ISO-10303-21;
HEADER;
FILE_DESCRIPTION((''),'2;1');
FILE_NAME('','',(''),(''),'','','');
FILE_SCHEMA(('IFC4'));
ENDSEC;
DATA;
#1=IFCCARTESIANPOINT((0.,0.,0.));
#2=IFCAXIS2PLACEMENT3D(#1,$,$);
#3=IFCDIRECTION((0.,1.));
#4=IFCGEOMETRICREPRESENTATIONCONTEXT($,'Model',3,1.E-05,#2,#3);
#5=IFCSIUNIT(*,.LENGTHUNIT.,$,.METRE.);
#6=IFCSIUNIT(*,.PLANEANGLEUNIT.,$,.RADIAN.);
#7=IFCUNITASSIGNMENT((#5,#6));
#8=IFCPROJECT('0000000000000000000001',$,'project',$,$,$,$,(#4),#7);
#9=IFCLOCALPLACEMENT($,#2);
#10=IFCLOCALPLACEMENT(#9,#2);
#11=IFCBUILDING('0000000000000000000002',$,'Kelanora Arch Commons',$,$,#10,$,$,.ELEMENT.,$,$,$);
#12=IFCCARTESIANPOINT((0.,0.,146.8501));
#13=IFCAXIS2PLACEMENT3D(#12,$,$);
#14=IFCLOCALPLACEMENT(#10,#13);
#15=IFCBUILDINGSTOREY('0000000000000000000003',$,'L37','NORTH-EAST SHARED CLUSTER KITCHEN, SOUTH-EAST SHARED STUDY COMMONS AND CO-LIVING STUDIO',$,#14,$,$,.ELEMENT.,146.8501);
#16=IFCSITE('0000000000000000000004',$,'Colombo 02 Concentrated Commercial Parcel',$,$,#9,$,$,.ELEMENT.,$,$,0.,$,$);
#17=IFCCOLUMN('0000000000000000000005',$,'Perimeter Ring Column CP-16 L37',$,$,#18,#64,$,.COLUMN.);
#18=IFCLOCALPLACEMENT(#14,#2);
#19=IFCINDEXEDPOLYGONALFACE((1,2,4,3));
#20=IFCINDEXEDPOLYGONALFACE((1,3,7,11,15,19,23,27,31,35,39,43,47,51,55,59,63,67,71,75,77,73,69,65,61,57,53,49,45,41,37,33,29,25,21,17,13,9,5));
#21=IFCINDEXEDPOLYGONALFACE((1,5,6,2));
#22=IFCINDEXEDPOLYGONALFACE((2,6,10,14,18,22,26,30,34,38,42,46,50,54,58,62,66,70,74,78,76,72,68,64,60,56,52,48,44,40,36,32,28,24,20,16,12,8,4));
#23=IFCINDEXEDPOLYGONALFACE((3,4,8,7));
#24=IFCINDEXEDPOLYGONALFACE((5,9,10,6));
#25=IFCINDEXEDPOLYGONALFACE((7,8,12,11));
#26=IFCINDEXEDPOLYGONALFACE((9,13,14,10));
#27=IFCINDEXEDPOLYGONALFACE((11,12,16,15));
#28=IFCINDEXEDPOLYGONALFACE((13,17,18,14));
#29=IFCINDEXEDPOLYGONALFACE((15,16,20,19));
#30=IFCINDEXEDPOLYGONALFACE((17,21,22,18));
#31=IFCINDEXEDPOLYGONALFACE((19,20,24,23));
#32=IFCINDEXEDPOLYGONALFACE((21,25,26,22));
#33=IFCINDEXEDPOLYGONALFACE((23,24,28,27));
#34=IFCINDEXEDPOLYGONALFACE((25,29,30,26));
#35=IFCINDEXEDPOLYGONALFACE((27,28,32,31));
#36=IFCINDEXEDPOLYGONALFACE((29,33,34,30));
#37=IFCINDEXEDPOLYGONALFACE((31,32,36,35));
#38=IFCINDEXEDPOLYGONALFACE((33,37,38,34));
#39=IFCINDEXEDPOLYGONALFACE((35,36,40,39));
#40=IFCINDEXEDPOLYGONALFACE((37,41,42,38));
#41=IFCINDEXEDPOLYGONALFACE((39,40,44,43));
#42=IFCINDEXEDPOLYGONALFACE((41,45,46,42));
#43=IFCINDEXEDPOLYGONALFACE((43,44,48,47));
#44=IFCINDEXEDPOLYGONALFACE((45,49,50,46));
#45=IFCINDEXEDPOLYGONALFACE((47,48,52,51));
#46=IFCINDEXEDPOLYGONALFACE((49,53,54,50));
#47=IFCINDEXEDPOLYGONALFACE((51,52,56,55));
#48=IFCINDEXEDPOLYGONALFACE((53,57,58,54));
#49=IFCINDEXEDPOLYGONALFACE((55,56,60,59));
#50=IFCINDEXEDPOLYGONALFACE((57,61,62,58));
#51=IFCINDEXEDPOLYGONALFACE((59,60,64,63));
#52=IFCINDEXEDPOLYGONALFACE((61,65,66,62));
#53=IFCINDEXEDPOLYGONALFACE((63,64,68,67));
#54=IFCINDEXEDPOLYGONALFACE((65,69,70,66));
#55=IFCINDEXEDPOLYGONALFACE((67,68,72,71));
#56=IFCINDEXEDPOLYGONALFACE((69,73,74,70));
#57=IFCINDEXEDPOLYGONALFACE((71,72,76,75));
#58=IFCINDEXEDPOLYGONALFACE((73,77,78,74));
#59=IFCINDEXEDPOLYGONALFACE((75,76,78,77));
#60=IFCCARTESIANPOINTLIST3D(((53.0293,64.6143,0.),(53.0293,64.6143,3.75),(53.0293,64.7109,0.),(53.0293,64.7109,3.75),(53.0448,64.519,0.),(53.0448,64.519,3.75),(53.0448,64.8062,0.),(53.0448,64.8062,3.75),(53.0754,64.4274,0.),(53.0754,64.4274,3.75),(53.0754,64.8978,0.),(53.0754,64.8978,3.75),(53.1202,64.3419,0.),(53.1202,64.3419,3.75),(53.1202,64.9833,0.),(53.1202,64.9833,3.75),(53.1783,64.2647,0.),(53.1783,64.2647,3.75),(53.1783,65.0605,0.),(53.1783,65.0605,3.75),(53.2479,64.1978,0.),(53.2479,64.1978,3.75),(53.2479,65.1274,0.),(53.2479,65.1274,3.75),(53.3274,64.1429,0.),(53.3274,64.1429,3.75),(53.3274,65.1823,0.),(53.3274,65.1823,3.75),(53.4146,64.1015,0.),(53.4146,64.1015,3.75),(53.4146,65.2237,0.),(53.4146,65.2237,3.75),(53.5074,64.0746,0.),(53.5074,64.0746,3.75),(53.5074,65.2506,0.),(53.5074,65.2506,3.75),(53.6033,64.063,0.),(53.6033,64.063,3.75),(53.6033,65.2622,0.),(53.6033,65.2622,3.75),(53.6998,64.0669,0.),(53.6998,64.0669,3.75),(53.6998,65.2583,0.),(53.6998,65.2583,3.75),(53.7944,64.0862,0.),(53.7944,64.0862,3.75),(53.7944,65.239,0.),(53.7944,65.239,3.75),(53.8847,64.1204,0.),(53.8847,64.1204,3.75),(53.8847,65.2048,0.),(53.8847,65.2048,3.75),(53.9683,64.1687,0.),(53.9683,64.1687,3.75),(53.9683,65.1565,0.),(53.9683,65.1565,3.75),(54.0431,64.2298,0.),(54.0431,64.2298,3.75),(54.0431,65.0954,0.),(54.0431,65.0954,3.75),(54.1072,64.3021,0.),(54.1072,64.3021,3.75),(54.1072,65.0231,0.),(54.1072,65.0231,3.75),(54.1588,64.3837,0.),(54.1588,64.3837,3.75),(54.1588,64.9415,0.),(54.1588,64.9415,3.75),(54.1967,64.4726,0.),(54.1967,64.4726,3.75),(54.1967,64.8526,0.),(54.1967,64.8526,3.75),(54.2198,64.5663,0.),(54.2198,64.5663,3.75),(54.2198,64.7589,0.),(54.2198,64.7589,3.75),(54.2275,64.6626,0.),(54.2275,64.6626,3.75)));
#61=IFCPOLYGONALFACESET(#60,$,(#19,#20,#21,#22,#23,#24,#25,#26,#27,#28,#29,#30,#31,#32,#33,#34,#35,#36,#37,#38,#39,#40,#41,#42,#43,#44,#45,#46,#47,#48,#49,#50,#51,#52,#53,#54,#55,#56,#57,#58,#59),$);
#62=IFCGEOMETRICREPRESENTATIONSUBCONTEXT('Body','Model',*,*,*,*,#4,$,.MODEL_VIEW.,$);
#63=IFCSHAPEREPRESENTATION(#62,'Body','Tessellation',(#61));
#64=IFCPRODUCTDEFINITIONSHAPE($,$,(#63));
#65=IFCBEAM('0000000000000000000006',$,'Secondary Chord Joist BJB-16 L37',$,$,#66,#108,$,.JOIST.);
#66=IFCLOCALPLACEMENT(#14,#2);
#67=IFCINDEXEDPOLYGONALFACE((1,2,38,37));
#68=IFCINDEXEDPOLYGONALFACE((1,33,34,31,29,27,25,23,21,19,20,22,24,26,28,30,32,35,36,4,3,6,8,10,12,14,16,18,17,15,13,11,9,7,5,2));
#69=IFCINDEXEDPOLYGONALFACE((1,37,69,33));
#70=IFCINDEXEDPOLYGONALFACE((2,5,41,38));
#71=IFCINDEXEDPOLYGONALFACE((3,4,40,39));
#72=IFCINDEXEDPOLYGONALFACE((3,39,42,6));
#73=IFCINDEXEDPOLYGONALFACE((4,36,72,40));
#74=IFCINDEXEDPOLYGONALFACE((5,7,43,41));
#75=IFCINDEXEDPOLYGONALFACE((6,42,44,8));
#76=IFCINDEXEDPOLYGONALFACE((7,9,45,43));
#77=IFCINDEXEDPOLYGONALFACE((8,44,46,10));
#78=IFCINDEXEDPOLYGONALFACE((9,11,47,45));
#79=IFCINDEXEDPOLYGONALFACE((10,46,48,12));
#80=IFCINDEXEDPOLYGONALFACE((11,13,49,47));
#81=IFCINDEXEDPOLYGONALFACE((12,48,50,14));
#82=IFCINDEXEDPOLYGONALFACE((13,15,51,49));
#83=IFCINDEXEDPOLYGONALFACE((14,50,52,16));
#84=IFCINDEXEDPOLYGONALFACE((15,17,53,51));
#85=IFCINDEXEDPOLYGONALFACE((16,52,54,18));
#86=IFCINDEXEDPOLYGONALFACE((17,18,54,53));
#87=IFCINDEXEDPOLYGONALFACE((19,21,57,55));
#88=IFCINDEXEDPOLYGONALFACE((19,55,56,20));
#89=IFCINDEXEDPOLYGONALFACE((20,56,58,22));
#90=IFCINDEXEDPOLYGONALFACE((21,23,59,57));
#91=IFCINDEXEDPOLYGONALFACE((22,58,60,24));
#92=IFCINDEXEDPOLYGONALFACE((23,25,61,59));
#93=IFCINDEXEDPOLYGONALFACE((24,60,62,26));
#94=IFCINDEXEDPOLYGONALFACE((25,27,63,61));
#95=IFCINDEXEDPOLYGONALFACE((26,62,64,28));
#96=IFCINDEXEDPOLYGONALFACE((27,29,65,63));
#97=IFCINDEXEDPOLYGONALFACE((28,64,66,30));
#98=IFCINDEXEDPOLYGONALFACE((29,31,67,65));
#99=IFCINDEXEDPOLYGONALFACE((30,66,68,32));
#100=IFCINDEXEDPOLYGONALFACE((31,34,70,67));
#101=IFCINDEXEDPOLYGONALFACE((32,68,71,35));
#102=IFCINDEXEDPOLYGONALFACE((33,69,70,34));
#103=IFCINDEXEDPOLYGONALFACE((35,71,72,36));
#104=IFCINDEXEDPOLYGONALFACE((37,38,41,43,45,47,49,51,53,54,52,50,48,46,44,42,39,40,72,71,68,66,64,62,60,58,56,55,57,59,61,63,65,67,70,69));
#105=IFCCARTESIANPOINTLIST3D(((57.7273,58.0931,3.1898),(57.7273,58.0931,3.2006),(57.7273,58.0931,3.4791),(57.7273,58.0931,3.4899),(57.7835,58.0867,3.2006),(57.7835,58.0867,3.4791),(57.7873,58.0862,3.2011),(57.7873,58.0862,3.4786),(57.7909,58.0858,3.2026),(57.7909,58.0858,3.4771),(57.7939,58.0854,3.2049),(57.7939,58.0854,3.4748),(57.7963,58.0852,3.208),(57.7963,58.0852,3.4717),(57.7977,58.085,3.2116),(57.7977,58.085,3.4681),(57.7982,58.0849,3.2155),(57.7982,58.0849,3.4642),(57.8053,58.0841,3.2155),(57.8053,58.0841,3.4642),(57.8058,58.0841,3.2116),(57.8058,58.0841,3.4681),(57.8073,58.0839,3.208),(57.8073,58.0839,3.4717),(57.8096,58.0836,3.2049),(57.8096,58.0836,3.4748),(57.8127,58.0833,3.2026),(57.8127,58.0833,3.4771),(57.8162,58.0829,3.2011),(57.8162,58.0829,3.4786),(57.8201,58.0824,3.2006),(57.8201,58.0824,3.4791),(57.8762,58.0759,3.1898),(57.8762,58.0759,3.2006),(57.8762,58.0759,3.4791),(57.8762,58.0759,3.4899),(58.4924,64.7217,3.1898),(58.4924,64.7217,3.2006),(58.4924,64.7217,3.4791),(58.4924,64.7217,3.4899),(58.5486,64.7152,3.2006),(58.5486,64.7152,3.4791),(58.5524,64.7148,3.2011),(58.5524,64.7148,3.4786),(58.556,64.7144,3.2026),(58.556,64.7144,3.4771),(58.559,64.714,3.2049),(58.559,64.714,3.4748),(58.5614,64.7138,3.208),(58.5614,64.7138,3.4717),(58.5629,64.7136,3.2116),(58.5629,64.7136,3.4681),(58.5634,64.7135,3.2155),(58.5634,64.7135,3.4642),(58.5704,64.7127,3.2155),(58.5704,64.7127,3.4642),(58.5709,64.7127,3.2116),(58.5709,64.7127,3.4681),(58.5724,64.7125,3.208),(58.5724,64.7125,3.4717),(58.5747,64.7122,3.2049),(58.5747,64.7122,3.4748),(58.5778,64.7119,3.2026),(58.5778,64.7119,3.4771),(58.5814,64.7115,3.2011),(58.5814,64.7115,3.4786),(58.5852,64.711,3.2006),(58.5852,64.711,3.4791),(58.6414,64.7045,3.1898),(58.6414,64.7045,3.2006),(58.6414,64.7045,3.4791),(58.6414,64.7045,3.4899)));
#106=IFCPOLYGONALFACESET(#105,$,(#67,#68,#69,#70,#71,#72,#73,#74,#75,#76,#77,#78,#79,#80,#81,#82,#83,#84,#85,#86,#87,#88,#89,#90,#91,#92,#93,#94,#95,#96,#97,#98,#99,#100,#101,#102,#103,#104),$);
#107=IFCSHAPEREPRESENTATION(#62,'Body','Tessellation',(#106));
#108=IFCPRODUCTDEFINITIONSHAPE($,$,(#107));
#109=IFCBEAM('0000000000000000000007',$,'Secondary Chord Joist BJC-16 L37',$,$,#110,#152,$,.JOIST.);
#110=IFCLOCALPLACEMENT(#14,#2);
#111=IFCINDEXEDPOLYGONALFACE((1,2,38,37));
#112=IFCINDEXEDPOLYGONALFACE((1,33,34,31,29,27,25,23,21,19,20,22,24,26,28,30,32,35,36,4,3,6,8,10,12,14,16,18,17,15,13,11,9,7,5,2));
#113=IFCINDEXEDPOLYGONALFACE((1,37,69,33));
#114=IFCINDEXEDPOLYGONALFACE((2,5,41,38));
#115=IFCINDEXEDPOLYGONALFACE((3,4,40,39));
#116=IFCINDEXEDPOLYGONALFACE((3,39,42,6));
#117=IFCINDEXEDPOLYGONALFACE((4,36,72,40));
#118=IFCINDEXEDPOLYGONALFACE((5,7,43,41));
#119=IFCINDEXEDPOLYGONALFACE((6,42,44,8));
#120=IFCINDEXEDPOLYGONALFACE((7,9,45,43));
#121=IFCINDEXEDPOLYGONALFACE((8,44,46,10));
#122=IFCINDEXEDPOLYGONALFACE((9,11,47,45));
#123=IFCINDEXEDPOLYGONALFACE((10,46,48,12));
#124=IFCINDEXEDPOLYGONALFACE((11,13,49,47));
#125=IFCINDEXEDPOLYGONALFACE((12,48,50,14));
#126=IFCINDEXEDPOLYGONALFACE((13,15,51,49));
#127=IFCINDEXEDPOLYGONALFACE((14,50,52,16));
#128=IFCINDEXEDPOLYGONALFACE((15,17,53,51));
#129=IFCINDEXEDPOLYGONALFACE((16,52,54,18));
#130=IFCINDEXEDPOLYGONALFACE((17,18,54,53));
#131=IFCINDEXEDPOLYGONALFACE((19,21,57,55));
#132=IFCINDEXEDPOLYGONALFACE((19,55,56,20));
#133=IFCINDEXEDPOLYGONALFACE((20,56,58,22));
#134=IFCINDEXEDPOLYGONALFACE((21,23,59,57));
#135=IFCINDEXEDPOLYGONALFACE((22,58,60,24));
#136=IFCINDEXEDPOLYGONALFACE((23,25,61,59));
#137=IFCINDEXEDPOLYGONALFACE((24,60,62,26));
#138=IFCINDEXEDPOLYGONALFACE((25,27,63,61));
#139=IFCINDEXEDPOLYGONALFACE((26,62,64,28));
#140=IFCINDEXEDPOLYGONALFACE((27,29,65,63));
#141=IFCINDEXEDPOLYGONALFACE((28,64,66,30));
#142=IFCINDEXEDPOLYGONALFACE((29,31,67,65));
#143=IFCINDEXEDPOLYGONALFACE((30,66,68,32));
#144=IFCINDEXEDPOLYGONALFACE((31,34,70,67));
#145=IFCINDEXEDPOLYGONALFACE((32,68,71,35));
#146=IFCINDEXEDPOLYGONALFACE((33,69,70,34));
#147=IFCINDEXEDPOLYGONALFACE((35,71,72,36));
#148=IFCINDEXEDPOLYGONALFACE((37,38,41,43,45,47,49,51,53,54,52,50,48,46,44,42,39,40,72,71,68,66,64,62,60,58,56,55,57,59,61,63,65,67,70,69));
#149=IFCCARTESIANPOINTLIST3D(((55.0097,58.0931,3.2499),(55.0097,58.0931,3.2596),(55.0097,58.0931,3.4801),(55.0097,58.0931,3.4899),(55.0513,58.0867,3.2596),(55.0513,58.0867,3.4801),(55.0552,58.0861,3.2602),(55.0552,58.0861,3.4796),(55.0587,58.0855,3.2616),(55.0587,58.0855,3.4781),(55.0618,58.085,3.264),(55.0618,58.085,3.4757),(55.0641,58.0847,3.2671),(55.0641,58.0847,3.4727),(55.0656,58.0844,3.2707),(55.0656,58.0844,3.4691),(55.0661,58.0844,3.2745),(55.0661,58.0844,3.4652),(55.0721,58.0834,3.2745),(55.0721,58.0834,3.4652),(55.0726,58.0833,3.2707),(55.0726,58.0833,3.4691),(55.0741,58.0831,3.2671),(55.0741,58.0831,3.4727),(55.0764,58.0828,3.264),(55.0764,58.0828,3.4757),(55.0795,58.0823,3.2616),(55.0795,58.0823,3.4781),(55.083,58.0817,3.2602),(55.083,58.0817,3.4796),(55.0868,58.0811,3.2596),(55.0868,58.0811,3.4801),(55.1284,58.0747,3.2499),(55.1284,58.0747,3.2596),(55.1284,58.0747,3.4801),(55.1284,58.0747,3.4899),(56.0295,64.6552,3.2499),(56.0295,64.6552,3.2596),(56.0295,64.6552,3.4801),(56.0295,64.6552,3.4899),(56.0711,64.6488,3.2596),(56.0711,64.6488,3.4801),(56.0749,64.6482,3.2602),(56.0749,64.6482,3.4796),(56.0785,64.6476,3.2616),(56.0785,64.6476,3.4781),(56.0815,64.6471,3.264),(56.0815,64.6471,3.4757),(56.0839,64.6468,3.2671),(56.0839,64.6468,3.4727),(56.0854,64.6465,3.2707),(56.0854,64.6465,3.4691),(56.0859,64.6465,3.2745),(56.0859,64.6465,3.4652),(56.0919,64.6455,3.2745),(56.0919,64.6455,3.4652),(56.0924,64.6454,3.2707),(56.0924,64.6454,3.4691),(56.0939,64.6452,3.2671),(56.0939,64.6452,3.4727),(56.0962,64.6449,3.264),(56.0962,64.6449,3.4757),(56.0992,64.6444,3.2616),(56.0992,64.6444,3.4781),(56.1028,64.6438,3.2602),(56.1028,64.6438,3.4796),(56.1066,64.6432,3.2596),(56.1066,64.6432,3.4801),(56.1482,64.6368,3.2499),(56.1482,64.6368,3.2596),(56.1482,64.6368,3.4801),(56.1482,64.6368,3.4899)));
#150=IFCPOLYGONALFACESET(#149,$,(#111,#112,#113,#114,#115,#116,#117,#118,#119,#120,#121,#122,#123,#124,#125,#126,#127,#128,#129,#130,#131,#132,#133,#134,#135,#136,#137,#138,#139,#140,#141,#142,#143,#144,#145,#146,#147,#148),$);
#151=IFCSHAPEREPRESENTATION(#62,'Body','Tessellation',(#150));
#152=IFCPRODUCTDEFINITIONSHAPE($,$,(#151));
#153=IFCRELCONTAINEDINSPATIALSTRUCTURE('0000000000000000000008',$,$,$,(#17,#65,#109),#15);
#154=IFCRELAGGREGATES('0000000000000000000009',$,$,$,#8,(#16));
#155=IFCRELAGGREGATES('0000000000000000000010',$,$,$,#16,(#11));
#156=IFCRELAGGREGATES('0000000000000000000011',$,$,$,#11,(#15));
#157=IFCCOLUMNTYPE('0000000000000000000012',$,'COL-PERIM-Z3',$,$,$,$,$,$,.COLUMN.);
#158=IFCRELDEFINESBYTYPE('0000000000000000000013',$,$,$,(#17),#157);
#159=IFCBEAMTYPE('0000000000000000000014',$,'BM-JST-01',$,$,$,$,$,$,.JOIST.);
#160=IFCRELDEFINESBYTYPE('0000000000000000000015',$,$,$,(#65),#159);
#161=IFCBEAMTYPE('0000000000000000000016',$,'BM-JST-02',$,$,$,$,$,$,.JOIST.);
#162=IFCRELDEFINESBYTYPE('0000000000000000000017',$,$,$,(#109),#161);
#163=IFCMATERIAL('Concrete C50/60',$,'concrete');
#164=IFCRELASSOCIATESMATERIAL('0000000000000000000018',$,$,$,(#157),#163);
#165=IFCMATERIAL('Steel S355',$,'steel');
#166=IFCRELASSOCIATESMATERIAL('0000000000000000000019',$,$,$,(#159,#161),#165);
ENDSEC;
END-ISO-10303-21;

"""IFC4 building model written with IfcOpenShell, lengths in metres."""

from ifc_helpers import new_model, si_unit, direction, frame, origin, origin_2d, place, context, subcontext, project, spatial, circle, i_section, extrude, material, material_profile, profile_set, type_object, element, save


model = new_model("IFC4")

# Units and contexts
model_context = context("Model", 3, precision=1e-05, world=origin(), true_north=direction((0.0, 1.0)))
body_context = subcontext(model_context, "Body", "Model", "MODEL_VIEW")
ifc_project = project(units=[si_unit("LENGTHUNIT", "METRE"), si_unit("PLANEANGLEUNIT", "RADIAN")], contexts=[model_context])

# Site, building, storey
site_placement = place(None, origin())
site = spatial("IfcSite", under=ifc_project, at=site_placement, Name="Colombo 02 Concentrated Commercial Parcel", CompositionType="ELEMENT", RefElevation=0.0)
building_placement = place(site_placement, origin())
building = spatial("IfcBuilding", under=site, at=building_placement, Name="Kelanora Arch Commons", CompositionType="ELEMENT")
storey_placement = place(building_placement, frame((0.0, 0.0, 146.8501)))
storey = spatial("IfcBuildingStorey", under=building, at=storey_placement, Name="L37", Description="NORTH-EAST SHARED CLUSTER KITCHEN, SOUTH-EAST SHARED STUDY COMMONS AND CO-LIVING STUDIO", CompositionType="ELEMENT", Elevation=146.8501)

# Column
ifc_material_1 = material(Name="Concrete C50/60", Category="concrete")
ifc_material_profile_1 = material_profile(ifc_material_1, circle(Radius=0.6001, at=origin_2d()), Name="RCC1200")
ifc_profile_set_1 = profile_set([ifc_material_profile_1], Name="Concrete C50/60")
column_type = type_object("IfcColumnType", Name="COL-PERIM-Z3", PredefinedType="COLUMN", material=ifc_profile_set_1)
column_placement = place(storey_placement, frame((53.6274, 64.6626, 0.0), z_axis=(0.0, 0.0, 1.0), x_axis=(1.0, 0.0, 0.0)))
element("IfcColumn", 1, at=column_placement, inside=storey, type_object=column_type, Name="Perimeter Ring Column CP-16 L37", PredefinedType="COLUMN", context=body_context, shape_type="SweptSolid", body=[
    extrude(circle(Radius=0.6001, at=origin_2d()), origin(), (0.0, 0.0, 1.0), 3.75),
])

# Beams
ifc_material_2 = material(Name="Steel S355", Category="steel")
ifc_material_profile_2 = material_profile(ifc_material_2, i_section(OverallWidth=0.1499, OverallDepth=0.3, WebThickness=0.0071, FlangeThickness=0.0107, FilletRadius=0.0149, at=origin_2d()), Name="IPE300")
ifc_profile_set_2 = profile_set([ifc_material_profile_2], Name="Steel S355")
beam_type_1 = type_object("IfcBeamType", Name="BM-JST-01", PredefinedType="JOIST", material=ifc_profile_set_2)
beam_1_placement = place(storey_placement, frame((58.5669, 64.7131, 3.3398), z_axis=(-0.114667, -0.993404, 0.0), x_axis=(0.993404, -0.114667, 0.0)))
element("IfcBeam", 2, at=beam_1_placement, inside=storey, type_object=beam_type_1, Name="Secondary Chord Joist BJB-16 L37", PredefinedType="JOIST", context=body_context, shape_type="SweptSolid", body=[
    extrude(i_section(OverallWidth=0.1499, OverallDepth=0.3, WebThickness=0.0071, FlangeThickness=0.0107, FilletRadius=0.0149, at=origin_2d()), origin(), (0.0, 0.0, 1.0), 6.6726),
])
ifc_material_profile_3 = material_profile(ifc_material_2, i_section(OverallWidth=0.1201, OverallDepth=0.24, WebThickness=0.0061, FlangeThickness=0.0098, FilletRadius=0.0149, at=origin_2d()), Name="IPE240")
ifc_profile_set_3 = profile_set([ifc_material_profile_3], Name="Steel S355")
beam_type_2 = type_object("IfcBeamType", Name="BM-JST-02", PredefinedType="JOIST", material=ifc_profile_set_3)
beam_2_placement = place(storey_placement, frame((56.0889, 64.646, 3.3699), z_axis=(-0.153563, -0.988139, 0.0), x_axis=(0.988139, -0.153563, 0.0)))
element("IfcBeam", 3, at=beam_2_placement, inside=storey, type_object=beam_type_2, Name="Secondary Chord Joist BJC-16 L37", PredefinedType="JOIST", context=body_context, shape_type="SweptSolid", body=[
    extrude(i_section(OverallWidth=0.1201, OverallDepth=0.24, WebThickness=0.0061, FlangeThickness=0.0098, FilletRadius=0.0149, at=origin_2d()), origin(), (0.0, 0.0, 1.0), 6.6409),
])

save(model, "model.ifc")
